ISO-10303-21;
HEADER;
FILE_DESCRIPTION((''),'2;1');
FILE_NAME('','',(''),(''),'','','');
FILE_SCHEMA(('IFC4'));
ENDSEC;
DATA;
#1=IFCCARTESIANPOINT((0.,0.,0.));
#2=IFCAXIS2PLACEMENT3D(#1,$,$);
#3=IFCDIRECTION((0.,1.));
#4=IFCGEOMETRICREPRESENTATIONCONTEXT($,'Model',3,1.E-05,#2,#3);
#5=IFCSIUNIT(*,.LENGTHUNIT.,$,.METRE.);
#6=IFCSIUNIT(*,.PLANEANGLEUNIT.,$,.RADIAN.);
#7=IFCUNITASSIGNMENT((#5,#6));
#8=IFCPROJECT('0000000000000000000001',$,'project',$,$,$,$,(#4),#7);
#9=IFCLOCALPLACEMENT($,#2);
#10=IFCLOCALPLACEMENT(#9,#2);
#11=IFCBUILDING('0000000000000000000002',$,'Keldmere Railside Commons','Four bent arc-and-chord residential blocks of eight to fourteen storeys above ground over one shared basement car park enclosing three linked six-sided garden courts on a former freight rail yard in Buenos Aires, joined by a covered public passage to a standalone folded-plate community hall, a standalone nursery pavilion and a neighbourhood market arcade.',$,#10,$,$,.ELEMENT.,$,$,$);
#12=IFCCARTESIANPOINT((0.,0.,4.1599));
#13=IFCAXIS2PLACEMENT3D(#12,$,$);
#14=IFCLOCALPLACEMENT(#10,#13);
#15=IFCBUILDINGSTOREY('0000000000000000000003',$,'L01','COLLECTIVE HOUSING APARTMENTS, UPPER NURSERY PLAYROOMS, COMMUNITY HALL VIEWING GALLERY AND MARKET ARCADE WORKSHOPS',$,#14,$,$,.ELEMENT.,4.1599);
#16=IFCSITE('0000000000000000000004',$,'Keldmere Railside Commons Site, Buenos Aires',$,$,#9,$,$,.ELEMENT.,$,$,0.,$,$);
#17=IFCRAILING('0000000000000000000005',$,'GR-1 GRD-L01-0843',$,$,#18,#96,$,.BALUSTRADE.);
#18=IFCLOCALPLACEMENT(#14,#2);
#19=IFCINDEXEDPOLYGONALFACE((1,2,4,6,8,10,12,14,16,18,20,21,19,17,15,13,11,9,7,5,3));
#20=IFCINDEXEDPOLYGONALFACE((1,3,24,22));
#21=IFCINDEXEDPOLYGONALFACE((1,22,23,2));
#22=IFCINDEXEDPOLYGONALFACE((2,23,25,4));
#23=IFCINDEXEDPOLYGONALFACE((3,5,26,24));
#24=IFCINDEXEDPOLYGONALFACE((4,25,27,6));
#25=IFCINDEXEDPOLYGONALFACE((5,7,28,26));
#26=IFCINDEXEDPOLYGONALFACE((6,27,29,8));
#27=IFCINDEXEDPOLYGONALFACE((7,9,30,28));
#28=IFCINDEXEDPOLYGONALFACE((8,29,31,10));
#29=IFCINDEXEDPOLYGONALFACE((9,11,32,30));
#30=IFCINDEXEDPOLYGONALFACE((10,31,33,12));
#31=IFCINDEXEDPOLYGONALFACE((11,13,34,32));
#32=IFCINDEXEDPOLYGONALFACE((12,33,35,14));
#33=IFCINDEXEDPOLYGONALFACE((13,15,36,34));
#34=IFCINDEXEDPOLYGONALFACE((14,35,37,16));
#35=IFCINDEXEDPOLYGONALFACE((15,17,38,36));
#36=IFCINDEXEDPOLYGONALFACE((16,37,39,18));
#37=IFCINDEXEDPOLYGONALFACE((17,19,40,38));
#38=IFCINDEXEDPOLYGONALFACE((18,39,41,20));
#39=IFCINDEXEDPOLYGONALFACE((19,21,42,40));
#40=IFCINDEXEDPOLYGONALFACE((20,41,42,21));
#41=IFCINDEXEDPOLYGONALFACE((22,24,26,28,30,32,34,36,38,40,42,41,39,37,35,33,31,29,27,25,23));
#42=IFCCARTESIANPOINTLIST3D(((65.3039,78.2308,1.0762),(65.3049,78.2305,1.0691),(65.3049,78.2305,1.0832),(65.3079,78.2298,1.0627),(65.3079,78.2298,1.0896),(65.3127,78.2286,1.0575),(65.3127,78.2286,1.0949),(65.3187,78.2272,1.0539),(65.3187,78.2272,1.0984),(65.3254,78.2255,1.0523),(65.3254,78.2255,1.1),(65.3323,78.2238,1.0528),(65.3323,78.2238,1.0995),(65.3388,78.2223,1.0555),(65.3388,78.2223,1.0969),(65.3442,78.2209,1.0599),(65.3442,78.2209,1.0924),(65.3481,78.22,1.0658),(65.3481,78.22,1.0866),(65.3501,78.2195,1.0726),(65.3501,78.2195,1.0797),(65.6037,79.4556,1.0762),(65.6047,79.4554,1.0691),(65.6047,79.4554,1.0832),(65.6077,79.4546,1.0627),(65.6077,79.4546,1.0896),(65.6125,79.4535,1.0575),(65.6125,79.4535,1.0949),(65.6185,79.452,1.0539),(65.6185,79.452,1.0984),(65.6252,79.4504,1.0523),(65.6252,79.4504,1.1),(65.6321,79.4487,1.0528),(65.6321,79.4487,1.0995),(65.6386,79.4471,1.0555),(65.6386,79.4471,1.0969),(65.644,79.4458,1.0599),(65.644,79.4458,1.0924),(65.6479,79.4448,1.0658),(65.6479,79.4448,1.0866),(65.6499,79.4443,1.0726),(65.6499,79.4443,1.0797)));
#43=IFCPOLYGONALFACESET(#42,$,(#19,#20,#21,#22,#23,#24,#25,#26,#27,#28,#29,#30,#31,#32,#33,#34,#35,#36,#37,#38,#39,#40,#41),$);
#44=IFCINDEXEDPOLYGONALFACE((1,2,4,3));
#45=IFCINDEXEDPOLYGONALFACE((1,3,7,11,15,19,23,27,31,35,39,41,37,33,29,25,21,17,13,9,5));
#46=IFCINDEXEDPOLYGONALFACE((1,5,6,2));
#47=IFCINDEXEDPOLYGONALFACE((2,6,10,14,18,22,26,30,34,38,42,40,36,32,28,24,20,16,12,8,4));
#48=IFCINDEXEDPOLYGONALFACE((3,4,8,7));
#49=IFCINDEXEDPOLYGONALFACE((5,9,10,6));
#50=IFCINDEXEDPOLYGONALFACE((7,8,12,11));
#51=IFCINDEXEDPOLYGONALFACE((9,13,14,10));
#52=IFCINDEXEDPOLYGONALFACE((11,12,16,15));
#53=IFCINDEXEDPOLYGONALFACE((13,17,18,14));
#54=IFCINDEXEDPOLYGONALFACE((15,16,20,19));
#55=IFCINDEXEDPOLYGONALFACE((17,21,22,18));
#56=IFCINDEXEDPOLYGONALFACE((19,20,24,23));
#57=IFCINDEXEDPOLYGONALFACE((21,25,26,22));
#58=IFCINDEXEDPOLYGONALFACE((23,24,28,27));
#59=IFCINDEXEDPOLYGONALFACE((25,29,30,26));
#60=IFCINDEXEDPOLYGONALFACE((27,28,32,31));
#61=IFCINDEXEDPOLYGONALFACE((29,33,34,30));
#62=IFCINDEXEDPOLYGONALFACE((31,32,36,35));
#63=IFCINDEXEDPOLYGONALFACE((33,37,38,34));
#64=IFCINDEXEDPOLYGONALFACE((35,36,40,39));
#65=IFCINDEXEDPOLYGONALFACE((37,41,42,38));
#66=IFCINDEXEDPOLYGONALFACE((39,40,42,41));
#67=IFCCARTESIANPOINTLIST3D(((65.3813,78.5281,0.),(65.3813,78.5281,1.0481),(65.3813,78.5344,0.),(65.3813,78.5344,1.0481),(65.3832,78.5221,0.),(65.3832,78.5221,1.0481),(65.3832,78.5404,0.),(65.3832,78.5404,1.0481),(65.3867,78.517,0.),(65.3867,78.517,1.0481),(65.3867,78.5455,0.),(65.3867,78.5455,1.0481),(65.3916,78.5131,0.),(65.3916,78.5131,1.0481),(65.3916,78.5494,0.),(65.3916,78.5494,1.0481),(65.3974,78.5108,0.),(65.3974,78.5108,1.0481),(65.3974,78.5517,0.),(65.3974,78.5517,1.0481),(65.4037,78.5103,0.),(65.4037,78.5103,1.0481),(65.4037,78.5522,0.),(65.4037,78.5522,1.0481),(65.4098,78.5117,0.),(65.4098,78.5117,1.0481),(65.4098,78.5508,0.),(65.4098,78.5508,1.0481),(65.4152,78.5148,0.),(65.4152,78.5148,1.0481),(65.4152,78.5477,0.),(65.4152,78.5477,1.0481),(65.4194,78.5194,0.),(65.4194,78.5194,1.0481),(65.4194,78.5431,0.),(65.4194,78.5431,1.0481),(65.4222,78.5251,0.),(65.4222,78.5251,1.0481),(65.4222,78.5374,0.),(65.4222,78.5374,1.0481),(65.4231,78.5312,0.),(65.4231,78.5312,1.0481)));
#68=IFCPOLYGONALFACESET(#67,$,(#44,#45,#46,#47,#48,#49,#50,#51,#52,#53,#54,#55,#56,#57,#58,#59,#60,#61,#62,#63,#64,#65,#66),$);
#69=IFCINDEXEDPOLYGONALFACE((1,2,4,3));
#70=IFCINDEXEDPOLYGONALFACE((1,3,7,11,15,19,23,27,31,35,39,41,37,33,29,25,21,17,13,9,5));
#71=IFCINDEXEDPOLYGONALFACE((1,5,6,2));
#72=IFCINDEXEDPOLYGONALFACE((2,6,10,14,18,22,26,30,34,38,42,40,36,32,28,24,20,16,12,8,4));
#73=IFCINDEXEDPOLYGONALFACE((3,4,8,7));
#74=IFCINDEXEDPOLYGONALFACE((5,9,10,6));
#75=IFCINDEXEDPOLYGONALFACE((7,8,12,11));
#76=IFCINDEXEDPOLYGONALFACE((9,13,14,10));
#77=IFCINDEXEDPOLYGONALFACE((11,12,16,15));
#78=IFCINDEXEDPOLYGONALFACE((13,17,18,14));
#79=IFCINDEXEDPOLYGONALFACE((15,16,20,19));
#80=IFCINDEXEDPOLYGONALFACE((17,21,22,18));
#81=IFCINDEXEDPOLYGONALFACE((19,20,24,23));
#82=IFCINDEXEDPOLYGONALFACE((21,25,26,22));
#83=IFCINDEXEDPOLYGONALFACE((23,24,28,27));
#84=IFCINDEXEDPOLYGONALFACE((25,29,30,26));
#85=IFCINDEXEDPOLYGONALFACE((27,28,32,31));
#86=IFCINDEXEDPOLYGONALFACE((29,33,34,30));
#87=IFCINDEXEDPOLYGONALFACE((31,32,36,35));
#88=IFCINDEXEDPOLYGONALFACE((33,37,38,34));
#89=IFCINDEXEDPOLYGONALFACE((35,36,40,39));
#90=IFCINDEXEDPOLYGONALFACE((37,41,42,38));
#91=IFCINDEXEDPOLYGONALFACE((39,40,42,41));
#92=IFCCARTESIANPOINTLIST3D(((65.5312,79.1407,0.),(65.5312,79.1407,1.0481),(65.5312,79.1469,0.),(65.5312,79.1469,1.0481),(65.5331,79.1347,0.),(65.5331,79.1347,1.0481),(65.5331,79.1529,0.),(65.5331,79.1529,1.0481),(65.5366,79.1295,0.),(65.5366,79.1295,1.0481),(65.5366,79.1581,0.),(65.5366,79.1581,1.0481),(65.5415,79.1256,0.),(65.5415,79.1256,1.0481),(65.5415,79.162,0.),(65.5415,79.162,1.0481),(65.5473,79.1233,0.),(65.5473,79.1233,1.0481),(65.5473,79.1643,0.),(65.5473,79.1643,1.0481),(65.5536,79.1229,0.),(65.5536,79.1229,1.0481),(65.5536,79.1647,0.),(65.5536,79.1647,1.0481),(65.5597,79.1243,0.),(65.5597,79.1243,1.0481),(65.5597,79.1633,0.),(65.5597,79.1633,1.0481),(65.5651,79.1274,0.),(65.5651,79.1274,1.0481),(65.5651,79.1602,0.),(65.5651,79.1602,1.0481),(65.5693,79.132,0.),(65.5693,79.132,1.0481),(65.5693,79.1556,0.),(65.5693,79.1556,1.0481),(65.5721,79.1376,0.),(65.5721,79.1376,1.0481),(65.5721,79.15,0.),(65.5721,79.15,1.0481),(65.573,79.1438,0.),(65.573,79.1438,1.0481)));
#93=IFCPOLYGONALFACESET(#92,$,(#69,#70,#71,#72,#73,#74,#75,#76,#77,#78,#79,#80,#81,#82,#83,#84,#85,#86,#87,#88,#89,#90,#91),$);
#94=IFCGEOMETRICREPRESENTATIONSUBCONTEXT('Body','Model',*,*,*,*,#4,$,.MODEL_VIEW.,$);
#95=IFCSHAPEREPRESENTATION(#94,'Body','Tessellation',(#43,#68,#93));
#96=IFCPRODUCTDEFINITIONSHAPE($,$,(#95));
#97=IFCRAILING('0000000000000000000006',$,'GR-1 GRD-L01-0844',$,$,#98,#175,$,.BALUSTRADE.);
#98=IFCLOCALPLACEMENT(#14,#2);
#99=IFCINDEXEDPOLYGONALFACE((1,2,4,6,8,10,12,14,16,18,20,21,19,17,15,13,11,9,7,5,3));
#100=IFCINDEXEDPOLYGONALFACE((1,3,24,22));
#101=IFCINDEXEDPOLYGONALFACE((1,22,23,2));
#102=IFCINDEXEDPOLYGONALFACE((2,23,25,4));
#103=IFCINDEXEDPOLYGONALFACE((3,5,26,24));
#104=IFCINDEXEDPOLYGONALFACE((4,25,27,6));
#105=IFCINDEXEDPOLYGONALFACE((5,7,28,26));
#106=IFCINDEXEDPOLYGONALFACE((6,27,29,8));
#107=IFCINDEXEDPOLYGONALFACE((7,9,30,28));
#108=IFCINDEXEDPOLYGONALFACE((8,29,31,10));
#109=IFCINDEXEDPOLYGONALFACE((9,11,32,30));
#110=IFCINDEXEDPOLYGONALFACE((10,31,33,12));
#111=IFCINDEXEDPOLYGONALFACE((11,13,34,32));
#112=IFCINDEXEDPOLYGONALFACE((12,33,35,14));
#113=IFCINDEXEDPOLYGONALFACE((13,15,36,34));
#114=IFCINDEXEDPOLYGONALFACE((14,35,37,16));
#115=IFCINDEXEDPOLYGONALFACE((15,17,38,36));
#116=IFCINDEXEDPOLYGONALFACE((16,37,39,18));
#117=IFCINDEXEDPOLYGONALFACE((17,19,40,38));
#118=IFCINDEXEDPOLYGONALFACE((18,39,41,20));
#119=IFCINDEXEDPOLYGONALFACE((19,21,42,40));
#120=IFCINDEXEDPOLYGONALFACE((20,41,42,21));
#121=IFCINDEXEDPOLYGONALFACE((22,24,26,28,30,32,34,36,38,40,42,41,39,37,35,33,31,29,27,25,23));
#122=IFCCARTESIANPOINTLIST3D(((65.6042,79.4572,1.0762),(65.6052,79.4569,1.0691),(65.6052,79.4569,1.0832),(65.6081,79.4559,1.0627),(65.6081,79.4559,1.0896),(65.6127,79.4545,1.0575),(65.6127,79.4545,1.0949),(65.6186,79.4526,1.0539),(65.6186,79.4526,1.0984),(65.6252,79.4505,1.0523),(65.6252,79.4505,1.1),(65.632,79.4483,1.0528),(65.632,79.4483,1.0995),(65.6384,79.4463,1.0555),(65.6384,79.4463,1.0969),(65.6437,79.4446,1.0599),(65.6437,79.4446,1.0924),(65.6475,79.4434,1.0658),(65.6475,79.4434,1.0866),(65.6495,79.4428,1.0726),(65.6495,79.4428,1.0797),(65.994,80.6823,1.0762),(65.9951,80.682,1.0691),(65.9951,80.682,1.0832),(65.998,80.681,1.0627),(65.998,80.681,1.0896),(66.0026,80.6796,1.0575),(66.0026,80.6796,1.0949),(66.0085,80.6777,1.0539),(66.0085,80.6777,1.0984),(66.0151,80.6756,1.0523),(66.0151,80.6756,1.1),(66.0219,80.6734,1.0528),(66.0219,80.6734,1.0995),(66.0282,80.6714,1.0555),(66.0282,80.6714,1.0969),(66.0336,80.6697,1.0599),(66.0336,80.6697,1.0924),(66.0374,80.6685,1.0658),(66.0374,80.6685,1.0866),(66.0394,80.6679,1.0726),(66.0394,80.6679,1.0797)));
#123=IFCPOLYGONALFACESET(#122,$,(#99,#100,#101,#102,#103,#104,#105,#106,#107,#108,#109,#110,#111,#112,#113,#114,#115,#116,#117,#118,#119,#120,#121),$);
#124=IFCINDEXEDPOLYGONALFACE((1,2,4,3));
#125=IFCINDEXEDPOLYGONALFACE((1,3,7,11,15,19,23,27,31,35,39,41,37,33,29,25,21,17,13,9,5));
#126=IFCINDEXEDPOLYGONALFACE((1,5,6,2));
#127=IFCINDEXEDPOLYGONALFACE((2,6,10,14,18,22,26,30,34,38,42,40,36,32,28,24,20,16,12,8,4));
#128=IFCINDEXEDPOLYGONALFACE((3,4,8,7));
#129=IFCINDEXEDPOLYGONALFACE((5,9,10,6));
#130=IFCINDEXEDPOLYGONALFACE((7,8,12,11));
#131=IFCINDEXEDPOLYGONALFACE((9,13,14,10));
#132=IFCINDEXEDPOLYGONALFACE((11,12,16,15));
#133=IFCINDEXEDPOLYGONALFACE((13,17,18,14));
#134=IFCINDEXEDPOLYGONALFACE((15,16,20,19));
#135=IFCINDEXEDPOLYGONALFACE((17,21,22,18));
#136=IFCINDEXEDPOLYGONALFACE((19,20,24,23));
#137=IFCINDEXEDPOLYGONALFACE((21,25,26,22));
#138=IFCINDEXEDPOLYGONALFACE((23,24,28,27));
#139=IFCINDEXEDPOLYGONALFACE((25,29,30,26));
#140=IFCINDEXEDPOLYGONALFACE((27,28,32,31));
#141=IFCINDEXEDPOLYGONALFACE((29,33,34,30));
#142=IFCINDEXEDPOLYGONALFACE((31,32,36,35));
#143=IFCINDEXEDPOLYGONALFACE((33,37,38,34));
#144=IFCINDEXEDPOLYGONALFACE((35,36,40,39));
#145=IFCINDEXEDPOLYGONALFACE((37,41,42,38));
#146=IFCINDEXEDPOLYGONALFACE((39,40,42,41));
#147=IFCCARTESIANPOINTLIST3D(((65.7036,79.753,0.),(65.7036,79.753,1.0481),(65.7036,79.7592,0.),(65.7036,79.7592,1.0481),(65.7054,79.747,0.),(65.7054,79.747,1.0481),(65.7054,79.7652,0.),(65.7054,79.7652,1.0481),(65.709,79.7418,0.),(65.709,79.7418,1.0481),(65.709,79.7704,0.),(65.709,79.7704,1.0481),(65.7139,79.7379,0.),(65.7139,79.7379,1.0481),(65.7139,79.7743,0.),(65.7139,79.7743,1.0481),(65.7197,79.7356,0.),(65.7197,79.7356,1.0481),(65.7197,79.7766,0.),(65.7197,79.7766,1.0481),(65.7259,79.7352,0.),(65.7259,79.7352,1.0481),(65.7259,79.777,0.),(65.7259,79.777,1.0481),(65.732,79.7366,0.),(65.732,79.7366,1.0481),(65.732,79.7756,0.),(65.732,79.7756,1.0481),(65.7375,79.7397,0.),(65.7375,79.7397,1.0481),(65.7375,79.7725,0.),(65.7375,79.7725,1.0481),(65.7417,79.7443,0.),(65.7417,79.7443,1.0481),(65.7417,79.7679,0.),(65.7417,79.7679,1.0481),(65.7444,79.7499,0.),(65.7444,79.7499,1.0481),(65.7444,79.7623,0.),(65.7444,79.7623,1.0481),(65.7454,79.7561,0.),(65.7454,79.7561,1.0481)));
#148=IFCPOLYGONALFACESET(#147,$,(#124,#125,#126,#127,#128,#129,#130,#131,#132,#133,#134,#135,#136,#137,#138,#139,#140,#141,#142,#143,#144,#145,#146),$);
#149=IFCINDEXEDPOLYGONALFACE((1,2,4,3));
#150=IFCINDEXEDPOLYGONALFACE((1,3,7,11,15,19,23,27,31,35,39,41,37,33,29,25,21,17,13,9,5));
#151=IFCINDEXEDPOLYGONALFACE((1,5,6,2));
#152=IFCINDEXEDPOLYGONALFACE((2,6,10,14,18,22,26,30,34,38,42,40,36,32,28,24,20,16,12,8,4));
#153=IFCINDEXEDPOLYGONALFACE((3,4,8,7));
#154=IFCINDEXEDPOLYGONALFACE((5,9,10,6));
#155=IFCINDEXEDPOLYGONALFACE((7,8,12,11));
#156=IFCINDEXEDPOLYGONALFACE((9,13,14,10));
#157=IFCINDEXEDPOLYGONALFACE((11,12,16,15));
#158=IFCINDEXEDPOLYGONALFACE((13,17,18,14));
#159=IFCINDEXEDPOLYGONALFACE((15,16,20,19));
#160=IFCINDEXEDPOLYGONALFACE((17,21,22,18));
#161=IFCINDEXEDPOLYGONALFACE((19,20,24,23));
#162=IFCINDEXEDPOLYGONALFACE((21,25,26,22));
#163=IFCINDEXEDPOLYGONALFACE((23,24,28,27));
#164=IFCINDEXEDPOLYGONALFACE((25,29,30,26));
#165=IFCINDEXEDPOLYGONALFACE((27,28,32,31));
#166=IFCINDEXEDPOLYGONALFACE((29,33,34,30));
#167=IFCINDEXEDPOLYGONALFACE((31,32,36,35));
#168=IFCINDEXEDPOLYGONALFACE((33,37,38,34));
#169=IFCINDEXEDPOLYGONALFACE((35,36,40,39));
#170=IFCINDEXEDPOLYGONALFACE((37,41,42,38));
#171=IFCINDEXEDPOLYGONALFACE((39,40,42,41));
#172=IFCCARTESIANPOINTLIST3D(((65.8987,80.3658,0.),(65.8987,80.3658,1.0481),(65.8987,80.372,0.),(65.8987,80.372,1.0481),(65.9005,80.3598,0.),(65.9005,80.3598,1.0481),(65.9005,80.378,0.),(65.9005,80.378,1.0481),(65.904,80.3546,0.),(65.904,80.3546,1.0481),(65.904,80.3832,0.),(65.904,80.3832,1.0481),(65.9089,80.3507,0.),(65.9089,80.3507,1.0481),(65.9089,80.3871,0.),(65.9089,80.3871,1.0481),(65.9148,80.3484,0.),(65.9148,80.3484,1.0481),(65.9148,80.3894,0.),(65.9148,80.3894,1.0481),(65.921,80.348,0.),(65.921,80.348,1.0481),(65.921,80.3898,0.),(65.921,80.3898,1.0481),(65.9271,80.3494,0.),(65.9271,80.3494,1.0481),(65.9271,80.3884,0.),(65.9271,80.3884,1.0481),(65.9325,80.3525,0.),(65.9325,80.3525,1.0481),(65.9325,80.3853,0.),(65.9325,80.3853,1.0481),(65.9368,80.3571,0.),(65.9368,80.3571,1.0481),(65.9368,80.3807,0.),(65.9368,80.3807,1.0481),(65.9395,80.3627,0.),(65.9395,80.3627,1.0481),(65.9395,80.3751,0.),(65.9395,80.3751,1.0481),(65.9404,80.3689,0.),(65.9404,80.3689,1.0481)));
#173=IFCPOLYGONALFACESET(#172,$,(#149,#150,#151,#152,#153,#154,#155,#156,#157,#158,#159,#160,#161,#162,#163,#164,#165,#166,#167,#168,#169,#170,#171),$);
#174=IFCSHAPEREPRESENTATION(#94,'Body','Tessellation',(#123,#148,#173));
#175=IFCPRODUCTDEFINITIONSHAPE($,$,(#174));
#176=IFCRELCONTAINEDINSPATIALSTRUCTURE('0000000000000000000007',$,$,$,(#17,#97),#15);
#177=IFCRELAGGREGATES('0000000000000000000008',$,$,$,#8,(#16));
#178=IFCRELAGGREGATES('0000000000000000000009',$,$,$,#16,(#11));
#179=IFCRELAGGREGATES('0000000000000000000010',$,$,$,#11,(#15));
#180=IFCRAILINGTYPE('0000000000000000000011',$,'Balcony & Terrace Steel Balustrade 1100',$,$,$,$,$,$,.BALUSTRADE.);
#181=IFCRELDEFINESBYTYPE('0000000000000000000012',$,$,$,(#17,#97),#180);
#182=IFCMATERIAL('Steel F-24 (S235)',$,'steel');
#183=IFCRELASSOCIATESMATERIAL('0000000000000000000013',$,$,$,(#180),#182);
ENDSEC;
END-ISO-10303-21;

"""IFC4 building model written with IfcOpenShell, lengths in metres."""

from ifc_helpers import new_model, si_unit, direction, frame, origin, origin_2d, place, context, subcontext, project, spatial, circle, extrude, material, type_object, element, save


model = new_model("IFC4")

# Units and contexts
model_context = context("Model", 3, precision=1e-05, world=origin(), true_north=direction((0.0, 1.0)))
body_context = subcontext(model_context, "Body", "Model", "MODEL_VIEW")
ifc_project = project(units=[si_unit("LENGTHUNIT", "METRE"), si_unit("PLANEANGLEUNIT", "RADIAN")], contexts=[model_context])

# Site, building, storey
site_placement = place(None, origin())
site = spatial("IfcSite", under=ifc_project, at=site_placement, Name="Keldmere Railside Commons Site, Buenos Aires", CompositionType="ELEMENT", RefElevation=0.0)
building_placement = place(site_placement, origin())
building = spatial("IfcBuilding", under=site, at=building_placement, Name="Keldmere Railside Commons", Description="Four bent arc-and-chord residential blocks of eight to fourteen storeys above ground over one shared basement car park enclosing three linked six-sided garden courts on a former freight rail yard in Buenos Aires, joined by a covered public passage to a standalone folded-plate community hall, a standalone nursery pavilion and a neighbourhood market arcade.", CompositionType="ELEMENT")
storey_placement = place(building_placement, frame((0.0, 0.0, 4.1599)))
storey = spatial("IfcBuildingStorey", under=building, at=storey_placement, Name="L01", Description="COLLECTIVE HOUSING APARTMENTS, UPPER NURSERY PLAYROOMS, COMMUNITY HALL VIEWING GALLERY AND MARKET ARCADE WORKSHOPS", CompositionType="ELEMENT", Elevation=4.1599)

# Railings
ifc_material_1 = material(Name="Steel F-24 (S235)", Category="steel")
railing_type = type_object("IfcRailingType", Name="Balcony & Terrace Steel Balustrade 1100", PredefinedType="BALUSTRADE", material=ifc_material_1)
railing_1_placement = place(storey_placement, frame((65.3271, 78.2251, 0.0)))
element("IfcRailing", 1, at=railing_1_placement, inside=storey, type_object=railing_type, Name="GR-1 GRD-L01-0843", PredefinedType="BALUSTRADE", context=body_context, shape_type="SweptSolid", body=[
    extrude(circle(Radius=0.0239, at=origin_2d()), frame((0.0, 0.0, 1.0762), z_axis=(0.237749, 0.971327, 0.0), x_axis=(-0.971327, 0.237749, 0.0)), (0.0, 0.0, 1.0), 1.261),
    extrude(circle(Radius=0.021, at=origin_2d()), frame((0.075, 0.3062, 0.0)), (0.0, 0.0, 1.0), 1.0481),
    extrude(circle(Radius=0.021, at=origin_2d()), frame((0.2249, 0.9187, 0.0)), (0.0, 0.0, 1.0), 1.0481),
])
railing_2_placement = place(storey_placement, frame((65.627, 79.45, 0.0)))
element("IfcRailing", 2, at=railing_2_placement, inside=storey, type_object=railing_type, Name="GR-1 GRD-L01-0844", PredefinedType="BALUSTRADE", context=body_context, shape_type="SweptSolid", body=[
    extrude(circle(Radius=0.0239, at=origin_2d()), frame((0.0, 0.0, 1.0762), z_axis=(0.303266, 0.952906, 0.0), x_axis=(-0.952906, 0.303266, 0.0)), (0.0, 0.0, 1.0), 1.2856),
    extrude(circle(Radius=0.021, at=origin_2d()), frame((0.0974, 0.3062, 0.0)), (0.0, 0.0, 1.0), 1.0481),
    extrude(circle(Radius=0.021, at=origin_2d()), frame((0.2925, 0.9189, 0.0)), (0.0, 0.0, 1.0), 1.0481),
])

save(model, "model.ifc")
